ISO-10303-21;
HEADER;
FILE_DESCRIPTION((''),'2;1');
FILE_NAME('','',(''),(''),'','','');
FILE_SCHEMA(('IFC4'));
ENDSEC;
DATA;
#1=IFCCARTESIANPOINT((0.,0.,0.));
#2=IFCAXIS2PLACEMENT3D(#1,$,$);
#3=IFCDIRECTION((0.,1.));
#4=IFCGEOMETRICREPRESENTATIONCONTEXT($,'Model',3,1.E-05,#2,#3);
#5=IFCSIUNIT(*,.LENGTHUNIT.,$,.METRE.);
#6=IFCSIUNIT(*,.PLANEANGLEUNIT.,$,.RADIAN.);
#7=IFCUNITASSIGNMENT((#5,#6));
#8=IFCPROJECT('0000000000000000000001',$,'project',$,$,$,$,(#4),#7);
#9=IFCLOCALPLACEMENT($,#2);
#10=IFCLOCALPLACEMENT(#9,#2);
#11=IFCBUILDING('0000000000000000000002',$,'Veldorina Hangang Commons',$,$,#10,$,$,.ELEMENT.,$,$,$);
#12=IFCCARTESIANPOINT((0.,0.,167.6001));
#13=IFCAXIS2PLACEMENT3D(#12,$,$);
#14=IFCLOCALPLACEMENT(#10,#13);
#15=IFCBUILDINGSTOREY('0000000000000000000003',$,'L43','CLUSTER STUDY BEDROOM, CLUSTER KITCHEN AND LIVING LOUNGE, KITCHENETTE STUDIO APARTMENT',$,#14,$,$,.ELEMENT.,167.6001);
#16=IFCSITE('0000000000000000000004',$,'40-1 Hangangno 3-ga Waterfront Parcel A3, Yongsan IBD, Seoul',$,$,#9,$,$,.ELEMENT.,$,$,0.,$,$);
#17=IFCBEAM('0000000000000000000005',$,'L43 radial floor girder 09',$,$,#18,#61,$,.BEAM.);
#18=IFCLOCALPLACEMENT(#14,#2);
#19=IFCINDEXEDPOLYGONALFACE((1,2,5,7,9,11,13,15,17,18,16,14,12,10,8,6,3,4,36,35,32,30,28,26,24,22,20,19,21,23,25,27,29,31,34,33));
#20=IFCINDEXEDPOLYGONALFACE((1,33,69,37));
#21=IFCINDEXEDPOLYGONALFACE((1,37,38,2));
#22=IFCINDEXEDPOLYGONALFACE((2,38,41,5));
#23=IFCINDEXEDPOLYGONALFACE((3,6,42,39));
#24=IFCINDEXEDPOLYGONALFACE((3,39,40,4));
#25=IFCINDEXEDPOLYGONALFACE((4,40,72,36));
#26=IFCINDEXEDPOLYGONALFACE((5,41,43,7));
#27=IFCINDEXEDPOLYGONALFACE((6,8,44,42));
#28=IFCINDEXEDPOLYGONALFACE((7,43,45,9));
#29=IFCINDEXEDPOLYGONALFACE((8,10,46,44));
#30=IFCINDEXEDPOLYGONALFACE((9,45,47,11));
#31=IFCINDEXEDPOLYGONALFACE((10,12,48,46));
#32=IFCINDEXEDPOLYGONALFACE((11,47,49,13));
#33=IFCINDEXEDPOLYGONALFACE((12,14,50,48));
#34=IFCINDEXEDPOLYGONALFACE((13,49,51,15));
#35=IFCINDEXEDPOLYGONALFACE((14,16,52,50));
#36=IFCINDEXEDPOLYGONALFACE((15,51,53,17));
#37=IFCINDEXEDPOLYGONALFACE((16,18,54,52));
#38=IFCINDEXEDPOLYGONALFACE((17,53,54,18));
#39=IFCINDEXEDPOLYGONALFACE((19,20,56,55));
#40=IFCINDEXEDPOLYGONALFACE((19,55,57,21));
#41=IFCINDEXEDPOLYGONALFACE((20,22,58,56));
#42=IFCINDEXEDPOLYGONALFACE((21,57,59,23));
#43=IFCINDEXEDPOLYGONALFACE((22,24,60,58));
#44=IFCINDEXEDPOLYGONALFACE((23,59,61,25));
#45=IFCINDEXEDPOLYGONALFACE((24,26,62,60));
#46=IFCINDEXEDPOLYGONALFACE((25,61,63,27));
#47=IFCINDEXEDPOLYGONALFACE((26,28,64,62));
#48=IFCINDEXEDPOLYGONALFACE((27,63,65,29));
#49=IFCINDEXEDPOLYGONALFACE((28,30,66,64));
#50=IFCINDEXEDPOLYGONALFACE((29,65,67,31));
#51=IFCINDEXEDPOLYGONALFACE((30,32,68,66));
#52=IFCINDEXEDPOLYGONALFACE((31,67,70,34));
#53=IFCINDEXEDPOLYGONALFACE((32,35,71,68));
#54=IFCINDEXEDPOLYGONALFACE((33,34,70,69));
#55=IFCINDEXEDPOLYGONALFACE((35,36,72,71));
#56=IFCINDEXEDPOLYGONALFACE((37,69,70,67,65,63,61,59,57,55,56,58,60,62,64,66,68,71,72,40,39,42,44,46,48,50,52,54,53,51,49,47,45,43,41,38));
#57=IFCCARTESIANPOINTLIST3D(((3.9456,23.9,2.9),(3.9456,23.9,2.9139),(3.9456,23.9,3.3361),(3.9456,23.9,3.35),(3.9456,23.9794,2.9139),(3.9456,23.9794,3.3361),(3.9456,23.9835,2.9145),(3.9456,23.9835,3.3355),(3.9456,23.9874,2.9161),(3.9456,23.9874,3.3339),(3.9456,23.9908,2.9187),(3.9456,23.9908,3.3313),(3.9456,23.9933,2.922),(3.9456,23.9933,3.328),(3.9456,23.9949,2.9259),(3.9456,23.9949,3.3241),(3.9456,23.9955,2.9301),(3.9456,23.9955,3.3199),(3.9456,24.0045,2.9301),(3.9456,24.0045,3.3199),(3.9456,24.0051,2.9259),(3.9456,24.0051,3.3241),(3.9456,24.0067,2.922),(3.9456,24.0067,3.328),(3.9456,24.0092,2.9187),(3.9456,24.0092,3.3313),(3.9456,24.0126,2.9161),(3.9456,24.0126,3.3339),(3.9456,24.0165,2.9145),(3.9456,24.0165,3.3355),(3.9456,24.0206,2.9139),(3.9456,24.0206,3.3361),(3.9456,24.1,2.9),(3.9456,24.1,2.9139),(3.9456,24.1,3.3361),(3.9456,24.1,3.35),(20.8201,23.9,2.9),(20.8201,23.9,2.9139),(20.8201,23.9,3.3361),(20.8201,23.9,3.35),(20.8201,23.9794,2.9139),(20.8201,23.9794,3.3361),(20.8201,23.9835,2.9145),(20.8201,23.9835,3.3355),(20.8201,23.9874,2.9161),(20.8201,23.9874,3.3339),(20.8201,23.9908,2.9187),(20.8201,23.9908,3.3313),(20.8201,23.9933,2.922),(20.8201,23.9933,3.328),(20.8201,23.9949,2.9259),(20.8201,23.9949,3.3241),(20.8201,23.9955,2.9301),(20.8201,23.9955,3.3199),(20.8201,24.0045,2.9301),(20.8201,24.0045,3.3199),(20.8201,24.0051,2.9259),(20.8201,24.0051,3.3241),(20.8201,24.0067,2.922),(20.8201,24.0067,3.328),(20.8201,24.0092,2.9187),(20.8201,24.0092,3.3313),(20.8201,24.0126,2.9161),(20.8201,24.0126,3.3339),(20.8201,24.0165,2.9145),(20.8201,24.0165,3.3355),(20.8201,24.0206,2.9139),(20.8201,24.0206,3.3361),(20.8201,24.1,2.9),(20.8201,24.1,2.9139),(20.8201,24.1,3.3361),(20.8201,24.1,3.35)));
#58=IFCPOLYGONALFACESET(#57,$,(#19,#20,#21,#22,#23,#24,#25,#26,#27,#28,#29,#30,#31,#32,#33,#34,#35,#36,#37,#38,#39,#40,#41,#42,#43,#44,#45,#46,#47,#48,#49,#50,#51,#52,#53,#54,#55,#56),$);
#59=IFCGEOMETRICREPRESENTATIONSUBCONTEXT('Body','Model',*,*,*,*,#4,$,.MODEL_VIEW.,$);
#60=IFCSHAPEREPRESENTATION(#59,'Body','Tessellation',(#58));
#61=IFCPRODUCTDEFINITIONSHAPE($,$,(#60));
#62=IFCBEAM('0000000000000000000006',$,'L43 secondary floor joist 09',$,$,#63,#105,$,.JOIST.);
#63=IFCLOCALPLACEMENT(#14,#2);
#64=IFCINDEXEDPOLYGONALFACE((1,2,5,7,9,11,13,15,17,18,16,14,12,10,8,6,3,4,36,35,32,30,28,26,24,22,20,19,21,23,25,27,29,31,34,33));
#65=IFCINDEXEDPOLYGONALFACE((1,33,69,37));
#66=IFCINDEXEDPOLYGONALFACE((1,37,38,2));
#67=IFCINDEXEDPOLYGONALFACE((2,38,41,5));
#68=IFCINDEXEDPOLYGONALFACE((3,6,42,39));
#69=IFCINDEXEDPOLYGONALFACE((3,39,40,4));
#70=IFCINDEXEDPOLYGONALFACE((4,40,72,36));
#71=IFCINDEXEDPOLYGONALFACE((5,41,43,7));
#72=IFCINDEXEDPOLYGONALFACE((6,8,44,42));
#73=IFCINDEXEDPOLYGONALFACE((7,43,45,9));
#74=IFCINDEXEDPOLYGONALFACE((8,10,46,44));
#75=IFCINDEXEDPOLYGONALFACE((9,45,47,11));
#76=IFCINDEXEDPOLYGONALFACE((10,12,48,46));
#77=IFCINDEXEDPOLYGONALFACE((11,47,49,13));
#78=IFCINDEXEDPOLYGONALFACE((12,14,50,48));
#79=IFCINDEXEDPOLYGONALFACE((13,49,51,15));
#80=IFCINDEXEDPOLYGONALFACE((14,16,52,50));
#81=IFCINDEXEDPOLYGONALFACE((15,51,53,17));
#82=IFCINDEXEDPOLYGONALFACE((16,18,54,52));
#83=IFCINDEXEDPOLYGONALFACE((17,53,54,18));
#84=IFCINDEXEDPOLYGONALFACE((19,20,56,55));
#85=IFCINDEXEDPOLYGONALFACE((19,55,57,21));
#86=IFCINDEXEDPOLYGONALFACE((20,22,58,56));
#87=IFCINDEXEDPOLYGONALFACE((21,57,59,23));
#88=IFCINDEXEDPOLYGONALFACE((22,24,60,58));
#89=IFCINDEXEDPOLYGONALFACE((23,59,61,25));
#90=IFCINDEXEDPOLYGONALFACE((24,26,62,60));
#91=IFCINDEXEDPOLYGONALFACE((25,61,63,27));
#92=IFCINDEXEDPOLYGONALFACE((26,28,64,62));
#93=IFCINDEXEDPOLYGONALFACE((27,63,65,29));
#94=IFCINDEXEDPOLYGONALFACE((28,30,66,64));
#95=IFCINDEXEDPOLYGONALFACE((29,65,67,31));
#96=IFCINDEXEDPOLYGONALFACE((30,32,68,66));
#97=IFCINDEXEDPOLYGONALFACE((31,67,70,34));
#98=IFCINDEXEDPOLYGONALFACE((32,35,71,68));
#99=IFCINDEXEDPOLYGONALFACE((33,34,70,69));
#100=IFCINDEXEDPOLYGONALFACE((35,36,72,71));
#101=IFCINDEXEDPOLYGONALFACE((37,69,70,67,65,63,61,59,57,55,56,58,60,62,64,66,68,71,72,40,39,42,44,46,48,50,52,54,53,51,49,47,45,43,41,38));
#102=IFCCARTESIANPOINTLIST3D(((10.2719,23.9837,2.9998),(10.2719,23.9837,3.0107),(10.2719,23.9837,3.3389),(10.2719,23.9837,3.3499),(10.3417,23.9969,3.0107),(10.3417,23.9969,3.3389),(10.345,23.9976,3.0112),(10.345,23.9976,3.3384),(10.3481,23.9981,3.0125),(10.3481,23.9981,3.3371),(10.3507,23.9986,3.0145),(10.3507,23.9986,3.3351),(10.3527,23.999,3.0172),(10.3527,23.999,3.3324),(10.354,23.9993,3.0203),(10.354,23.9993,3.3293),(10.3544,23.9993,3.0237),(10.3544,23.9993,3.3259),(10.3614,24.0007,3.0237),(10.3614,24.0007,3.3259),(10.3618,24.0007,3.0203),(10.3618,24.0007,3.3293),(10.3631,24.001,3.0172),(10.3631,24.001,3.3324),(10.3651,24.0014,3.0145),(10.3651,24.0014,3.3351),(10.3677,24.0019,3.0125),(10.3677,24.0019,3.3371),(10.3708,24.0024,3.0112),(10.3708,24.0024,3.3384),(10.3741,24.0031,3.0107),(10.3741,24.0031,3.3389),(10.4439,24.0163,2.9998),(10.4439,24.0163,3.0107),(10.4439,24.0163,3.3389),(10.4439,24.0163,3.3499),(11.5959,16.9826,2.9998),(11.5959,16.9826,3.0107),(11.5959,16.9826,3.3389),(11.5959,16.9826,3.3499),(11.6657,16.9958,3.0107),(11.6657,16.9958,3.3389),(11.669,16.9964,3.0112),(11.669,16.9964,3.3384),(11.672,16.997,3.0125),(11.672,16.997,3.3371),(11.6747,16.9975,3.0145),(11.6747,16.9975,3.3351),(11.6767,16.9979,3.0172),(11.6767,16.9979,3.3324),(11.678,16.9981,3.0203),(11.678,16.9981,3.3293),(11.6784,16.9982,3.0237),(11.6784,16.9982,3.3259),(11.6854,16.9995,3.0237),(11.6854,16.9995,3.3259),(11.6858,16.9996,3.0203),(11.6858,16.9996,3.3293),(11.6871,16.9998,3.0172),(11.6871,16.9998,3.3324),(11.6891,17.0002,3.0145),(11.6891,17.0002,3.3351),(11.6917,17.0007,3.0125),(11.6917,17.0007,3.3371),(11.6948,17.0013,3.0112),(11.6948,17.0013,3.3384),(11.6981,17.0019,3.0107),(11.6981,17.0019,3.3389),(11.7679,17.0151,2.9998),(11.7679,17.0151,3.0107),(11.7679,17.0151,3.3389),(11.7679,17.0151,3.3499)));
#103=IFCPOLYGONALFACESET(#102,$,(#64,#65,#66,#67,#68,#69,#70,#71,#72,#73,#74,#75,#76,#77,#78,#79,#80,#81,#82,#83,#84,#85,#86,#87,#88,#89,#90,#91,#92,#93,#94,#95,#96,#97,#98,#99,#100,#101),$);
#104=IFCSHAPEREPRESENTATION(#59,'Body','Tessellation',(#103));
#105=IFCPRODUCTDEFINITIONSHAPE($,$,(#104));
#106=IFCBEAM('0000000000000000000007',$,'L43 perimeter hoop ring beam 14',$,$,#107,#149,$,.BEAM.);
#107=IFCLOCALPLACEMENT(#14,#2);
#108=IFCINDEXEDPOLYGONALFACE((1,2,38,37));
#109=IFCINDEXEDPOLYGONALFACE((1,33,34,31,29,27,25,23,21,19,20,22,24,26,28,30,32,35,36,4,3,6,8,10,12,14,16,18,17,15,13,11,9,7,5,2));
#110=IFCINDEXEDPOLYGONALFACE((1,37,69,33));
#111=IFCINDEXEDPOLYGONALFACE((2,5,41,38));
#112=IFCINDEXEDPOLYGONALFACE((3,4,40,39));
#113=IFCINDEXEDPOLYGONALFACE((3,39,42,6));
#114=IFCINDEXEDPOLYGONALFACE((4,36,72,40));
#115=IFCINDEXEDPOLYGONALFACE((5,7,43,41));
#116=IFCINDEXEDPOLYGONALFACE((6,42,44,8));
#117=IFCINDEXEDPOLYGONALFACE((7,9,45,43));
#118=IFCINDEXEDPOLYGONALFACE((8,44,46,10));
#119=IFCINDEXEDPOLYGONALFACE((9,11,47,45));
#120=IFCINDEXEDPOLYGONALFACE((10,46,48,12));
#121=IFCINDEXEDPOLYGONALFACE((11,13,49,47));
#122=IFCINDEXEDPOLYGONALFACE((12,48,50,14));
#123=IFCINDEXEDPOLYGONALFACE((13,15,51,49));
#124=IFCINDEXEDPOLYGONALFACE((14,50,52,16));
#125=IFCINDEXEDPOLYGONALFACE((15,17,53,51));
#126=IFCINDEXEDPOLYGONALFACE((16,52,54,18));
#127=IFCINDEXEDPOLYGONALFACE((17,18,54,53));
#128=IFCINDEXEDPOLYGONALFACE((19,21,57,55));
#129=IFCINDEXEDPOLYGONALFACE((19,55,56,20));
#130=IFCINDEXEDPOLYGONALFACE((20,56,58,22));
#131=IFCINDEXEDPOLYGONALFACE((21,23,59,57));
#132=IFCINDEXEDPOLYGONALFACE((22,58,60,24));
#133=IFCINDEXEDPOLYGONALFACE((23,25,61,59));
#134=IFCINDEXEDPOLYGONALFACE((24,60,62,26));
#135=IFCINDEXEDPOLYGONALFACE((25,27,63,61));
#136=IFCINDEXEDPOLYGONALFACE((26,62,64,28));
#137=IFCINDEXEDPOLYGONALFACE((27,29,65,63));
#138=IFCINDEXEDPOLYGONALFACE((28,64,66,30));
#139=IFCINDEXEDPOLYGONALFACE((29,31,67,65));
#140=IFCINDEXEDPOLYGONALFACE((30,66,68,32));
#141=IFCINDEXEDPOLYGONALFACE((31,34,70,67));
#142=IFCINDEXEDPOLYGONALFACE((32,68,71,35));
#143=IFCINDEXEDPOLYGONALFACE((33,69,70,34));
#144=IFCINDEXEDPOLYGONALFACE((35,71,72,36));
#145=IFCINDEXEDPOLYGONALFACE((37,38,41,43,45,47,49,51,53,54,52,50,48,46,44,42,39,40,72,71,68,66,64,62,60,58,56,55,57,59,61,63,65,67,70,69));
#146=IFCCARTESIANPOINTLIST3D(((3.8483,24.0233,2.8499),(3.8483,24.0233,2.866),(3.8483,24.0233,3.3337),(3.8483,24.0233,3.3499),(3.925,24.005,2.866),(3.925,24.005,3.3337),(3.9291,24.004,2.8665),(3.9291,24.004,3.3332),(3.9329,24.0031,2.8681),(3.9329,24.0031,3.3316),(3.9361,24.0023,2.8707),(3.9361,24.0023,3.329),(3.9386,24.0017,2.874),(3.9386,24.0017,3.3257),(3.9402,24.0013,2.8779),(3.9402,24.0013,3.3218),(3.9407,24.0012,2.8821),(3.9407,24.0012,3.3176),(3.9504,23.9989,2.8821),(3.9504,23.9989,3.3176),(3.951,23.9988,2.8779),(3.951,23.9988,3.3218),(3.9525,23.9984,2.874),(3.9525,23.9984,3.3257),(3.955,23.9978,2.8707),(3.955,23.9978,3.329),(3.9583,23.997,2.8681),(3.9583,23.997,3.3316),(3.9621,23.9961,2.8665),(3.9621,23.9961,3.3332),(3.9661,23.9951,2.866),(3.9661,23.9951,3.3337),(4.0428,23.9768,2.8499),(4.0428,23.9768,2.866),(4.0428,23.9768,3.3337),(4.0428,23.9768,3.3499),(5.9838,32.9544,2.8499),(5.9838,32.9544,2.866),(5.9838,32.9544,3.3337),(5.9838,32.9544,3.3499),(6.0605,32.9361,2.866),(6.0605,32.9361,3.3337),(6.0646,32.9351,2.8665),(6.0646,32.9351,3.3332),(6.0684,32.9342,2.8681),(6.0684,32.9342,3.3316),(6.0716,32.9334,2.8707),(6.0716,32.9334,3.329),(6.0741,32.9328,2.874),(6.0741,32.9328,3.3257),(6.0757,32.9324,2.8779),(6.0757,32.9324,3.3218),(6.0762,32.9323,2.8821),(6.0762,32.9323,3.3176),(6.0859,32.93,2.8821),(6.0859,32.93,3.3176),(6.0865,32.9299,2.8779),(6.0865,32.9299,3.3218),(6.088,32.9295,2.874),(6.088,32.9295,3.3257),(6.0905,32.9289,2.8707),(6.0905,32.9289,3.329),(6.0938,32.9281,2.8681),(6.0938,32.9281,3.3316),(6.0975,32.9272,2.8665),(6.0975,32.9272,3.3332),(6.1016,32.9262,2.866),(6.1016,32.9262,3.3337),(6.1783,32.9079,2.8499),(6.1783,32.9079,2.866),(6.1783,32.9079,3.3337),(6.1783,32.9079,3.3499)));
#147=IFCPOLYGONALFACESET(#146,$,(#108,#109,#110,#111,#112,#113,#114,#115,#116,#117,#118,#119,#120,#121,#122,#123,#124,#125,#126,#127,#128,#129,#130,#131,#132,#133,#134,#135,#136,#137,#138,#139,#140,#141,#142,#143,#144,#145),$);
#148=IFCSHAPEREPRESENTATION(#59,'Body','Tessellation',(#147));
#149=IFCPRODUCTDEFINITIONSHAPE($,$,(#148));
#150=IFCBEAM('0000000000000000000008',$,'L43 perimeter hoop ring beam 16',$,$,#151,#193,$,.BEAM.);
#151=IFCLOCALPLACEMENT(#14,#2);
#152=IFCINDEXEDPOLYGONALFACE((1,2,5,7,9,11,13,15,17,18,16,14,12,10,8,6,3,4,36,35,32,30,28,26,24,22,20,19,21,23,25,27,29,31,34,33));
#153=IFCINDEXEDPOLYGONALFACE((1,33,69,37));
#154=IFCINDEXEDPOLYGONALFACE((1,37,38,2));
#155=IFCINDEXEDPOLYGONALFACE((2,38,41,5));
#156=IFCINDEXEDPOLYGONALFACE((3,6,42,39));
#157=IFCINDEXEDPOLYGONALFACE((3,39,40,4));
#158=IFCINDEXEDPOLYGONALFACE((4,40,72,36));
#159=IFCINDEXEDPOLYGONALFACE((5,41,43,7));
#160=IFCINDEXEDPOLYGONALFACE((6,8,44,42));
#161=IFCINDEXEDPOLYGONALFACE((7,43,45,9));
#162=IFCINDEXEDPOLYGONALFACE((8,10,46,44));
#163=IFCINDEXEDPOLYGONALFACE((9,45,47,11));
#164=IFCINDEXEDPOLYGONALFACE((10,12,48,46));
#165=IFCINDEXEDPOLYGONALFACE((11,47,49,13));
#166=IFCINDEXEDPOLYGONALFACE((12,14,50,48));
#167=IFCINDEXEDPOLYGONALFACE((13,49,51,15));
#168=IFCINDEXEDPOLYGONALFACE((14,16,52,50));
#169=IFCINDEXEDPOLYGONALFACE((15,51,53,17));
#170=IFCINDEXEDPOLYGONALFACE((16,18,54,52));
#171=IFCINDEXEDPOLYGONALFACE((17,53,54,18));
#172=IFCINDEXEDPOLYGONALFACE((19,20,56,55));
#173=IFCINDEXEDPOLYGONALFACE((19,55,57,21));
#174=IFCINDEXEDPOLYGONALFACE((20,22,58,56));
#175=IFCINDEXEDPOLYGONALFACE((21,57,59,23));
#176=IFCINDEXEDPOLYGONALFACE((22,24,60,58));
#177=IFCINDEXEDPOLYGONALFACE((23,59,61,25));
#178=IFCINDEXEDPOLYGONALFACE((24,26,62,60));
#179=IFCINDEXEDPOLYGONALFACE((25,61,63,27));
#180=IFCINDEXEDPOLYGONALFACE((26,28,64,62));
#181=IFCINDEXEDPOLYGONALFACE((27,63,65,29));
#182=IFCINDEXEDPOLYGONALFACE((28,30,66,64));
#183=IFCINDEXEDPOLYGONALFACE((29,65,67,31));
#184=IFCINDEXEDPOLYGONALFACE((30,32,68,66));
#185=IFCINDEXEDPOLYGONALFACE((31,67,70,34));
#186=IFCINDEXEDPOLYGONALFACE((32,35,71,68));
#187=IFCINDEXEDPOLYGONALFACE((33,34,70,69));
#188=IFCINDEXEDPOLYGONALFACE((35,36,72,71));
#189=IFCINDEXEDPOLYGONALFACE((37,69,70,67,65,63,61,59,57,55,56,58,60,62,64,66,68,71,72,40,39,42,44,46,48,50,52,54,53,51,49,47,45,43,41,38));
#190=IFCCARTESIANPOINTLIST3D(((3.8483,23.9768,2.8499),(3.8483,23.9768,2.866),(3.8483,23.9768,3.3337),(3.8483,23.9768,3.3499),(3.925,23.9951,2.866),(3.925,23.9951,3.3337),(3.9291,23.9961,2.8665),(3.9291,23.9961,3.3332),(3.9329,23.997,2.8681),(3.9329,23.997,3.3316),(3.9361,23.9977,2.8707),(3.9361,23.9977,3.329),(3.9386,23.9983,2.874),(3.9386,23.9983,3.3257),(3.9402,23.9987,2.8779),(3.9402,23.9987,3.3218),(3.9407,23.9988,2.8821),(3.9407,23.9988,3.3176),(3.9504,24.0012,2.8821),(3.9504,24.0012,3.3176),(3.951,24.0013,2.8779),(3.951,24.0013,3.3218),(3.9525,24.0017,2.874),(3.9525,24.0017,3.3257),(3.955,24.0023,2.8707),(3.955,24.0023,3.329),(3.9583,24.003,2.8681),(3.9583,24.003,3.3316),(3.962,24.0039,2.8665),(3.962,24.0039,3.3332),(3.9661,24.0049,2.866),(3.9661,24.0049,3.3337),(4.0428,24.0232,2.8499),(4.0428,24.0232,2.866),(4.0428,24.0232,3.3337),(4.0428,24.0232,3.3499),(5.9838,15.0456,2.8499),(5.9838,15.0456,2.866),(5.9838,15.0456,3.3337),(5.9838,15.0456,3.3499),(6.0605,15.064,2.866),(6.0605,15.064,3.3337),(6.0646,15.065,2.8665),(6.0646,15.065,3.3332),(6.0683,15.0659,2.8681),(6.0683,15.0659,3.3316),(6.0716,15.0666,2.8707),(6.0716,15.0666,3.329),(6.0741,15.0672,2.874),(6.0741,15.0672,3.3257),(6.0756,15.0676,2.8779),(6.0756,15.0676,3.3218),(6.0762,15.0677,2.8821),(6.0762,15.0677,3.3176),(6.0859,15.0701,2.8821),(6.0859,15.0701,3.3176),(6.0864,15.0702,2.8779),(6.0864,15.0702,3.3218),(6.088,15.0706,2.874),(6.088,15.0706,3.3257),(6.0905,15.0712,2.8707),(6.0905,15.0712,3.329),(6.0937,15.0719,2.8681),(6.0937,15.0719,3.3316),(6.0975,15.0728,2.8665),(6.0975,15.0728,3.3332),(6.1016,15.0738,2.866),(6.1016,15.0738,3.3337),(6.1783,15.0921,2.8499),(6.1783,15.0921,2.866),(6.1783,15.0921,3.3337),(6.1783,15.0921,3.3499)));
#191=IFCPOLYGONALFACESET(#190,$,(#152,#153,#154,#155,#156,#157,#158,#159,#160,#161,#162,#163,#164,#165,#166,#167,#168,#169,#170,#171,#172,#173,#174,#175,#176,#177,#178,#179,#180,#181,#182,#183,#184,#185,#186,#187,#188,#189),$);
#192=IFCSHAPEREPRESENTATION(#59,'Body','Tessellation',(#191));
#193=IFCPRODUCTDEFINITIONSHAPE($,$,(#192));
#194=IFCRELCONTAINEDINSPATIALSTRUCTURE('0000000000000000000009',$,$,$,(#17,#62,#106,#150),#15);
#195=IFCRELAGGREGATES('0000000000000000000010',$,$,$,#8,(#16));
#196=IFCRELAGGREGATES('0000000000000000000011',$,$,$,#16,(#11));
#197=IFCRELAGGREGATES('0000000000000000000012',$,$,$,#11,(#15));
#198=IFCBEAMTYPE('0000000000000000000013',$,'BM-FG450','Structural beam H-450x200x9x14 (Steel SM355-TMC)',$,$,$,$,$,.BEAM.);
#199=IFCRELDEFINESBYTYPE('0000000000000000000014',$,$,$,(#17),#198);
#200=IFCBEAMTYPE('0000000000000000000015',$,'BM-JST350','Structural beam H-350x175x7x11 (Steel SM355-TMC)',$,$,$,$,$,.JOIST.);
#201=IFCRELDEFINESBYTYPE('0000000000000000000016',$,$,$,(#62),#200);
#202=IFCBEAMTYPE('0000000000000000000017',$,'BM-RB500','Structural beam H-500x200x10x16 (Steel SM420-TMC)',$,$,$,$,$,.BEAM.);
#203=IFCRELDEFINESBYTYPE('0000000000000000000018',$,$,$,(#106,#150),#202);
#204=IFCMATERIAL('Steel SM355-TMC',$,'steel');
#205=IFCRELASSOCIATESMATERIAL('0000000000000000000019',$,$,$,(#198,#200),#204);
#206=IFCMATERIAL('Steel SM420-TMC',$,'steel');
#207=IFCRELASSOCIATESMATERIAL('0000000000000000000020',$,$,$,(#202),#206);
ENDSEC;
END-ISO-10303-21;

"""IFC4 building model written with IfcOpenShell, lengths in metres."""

from ifc_helpers import new_model, si_unit, direction, frame, origin, origin_2d, place, context, subcontext, project, spatial, i_section, extrude, material, material_profile, profile_set, type_object, element, save


model = new_model("IFC4")

# Units and contexts
model_context = context("Model", 3, precision=1e-05, world=origin(), true_north=direction((0.0, 1.0)))
body_context = subcontext(model_context, "Body", "Model", "MODEL_VIEW")
ifc_project = project(units=[si_unit("LENGTHUNIT", "METRE"), si_unit("PLANEANGLEUNIT", "RADIAN")], contexts=[model_context])

# Site, building, storey
site_placement = place(None, origin())
site = spatial("IfcSite", under=ifc_project, at=site_placement, Name="40-1 Hangangno 3-ga Waterfront Parcel A3, Yongsan IBD, Seoul", CompositionType="ELEMENT", RefElevation=0.0)
building_placement = place(site_placement, origin())
building = spatial("IfcBuilding", under=site, at=building_placement, Name="Veldorina Hangang Commons", CompositionType="ELEMENT")
storey_placement = place(building_placement, frame((0.0, 0.0, 167.6001)))
storey = spatial("IfcBuildingStorey", under=building, at=storey_placement, Name="L43", Description="CLUSTER STUDY BEDROOM, CLUSTER KITCHEN AND LIVING LOUNGE, KITCHENETTE STUDIO APARTMENT", CompositionType="ELEMENT", Elevation=167.6001)

# Beams
ifc_material_1 = material(Name="Steel SM355-TMC", Category="steel")
ifc_material_profile_1 = material_profile(ifc_material_1, i_section(OverallWidth=0.2, OverallDepth=0.45, WebThickness=0.009, FlangeThickness=0.0139, FilletRadius=0.0161, at=origin_2d()), Name="H-450x200x9x14")
ifc_profile_set_1 = profile_set([ifc_material_profile_1], Name="Steel SM355-TMC")
beam_type_1 = type_object("IfcBeamType", Name="BM-FG450", Description="Structural beam H-450x200x9x14 (Steel SM355-TMC)", PredefinedType="BEAM", material=ifc_profile_set_1)
beam_1_placement = place(storey_placement, frame((20.8201, 24.0, 3.125), z_axis=(-1.0, 0.0, 0.0), x_axis=(0.0, -1.0, 0.0)))
element("IfcBeam", 1, at=beam_1_placement, inside=storey, type_object=beam_type_1, Name="L43 radial floor girder 09", PredefinedType="BEAM", context=body_context, shape_type="SweptSolid", body=[
    extrude(i_section(OverallWidth=0.2, OverallDepth=0.45, WebThickness=0.009, FlangeThickness=0.0139, FilletRadius=0.0161, at=origin_2d()), origin(), (0.0, 0.0, 1.0), 16.8745),
])
ifc_material_profile_2 = material_profile(ifc_material_1, i_section(OverallWidth=0.175, OverallDepth=0.3501, WebThickness=0.0071, FlangeThickness=0.011, FilletRadius=0.0129, at=origin_2d()), Name="H-350x175x7x11")
ifc_profile_set_2 = profile_set([ifc_material_profile_2], Name="Steel SM355-TMC")
beam_type_2 = type_object("IfcBeamType", Name="BM-JST350", Description="Structural beam H-350x175x7x11 (Steel SM355-TMC)", PredefinedType="JOIST", material=ifc_profile_set_2)
beam_2_placement = place(storey_placement, frame((10.3579, 24.0, 3.1748), z_axis=(0.185813, -0.982585, 0.0), x_axis=(0.982585, 0.185813, 0.0)))
element("IfcBeam", 2, at=beam_2_placement, inside=storey, type_object=beam_type_2, Name="L43 secondary floor joist 09", PredefinedType="JOIST", context=body_context, shape_type="SweptSolid", body=[
    extrude(i_section(OverallWidth=0.175, OverallDepth=0.3501, WebThickness=0.0071, FlangeThickness=0.011, FilletRadius=0.0129, at=origin_2d()), origin(), (0.0, 0.0, 1.0), 7.1252),
])
ifc_material_2 = material(Name="Steel SM420-TMC", Category="steel")
ifc_material_profile_3 = material_profile(ifc_material_2, i_section(OverallWidth=0.2, OverallDepth=0.5, WebThickness=0.01, FlangeThickness=0.0161, FilletRadius=0.0161, at=origin_2d()), Name="H-500x200x10x16")
ifc_profile_set_3 = profile_set([ifc_material_profile_3], Name="Steel SM420-TMC")
beam_type_3 = type_object("IfcBeamType", Name="BM-RB500", Description="Structural beam H-500x200x10x16 (Steel SM420-TMC)", PredefinedType="BEAM", material=ifc_profile_set_3)
for number, where, z_axis, x_axis, name in (
    (3, (6.0811, 32.9312, 3.0999), (-0.232551, -0.972584, 0.0), (0.972584, -0.232551, 0.0), "L43 perimeter hoop ring beam 14"),
    (4, (3.9456, 24.0, 3.0999), (0.232551, -0.972584, 0.0), (0.972584, 0.232551, 0.0), "L43 perimeter hoop ring beam 16"),
):
    element("IfcBeam", number, at=place(storey_placement, frame(where, z_axis=z_axis, x_axis=x_axis)), inside=storey, type_object=beam_type_3, Name=name, PredefinedType="BEAM", context=body_context, shape_type="SweptSolid", body=[
        extrude(i_section(OverallWidth=0.2, OverallDepth=0.5, WebThickness=0.01, FlangeThickness=0.0161, FilletRadius=0.0161, at=origin_2d()), origin(), (0.0, 0.0, 1.0), 9.1829),
    ])

save(model, "model.ifc")
